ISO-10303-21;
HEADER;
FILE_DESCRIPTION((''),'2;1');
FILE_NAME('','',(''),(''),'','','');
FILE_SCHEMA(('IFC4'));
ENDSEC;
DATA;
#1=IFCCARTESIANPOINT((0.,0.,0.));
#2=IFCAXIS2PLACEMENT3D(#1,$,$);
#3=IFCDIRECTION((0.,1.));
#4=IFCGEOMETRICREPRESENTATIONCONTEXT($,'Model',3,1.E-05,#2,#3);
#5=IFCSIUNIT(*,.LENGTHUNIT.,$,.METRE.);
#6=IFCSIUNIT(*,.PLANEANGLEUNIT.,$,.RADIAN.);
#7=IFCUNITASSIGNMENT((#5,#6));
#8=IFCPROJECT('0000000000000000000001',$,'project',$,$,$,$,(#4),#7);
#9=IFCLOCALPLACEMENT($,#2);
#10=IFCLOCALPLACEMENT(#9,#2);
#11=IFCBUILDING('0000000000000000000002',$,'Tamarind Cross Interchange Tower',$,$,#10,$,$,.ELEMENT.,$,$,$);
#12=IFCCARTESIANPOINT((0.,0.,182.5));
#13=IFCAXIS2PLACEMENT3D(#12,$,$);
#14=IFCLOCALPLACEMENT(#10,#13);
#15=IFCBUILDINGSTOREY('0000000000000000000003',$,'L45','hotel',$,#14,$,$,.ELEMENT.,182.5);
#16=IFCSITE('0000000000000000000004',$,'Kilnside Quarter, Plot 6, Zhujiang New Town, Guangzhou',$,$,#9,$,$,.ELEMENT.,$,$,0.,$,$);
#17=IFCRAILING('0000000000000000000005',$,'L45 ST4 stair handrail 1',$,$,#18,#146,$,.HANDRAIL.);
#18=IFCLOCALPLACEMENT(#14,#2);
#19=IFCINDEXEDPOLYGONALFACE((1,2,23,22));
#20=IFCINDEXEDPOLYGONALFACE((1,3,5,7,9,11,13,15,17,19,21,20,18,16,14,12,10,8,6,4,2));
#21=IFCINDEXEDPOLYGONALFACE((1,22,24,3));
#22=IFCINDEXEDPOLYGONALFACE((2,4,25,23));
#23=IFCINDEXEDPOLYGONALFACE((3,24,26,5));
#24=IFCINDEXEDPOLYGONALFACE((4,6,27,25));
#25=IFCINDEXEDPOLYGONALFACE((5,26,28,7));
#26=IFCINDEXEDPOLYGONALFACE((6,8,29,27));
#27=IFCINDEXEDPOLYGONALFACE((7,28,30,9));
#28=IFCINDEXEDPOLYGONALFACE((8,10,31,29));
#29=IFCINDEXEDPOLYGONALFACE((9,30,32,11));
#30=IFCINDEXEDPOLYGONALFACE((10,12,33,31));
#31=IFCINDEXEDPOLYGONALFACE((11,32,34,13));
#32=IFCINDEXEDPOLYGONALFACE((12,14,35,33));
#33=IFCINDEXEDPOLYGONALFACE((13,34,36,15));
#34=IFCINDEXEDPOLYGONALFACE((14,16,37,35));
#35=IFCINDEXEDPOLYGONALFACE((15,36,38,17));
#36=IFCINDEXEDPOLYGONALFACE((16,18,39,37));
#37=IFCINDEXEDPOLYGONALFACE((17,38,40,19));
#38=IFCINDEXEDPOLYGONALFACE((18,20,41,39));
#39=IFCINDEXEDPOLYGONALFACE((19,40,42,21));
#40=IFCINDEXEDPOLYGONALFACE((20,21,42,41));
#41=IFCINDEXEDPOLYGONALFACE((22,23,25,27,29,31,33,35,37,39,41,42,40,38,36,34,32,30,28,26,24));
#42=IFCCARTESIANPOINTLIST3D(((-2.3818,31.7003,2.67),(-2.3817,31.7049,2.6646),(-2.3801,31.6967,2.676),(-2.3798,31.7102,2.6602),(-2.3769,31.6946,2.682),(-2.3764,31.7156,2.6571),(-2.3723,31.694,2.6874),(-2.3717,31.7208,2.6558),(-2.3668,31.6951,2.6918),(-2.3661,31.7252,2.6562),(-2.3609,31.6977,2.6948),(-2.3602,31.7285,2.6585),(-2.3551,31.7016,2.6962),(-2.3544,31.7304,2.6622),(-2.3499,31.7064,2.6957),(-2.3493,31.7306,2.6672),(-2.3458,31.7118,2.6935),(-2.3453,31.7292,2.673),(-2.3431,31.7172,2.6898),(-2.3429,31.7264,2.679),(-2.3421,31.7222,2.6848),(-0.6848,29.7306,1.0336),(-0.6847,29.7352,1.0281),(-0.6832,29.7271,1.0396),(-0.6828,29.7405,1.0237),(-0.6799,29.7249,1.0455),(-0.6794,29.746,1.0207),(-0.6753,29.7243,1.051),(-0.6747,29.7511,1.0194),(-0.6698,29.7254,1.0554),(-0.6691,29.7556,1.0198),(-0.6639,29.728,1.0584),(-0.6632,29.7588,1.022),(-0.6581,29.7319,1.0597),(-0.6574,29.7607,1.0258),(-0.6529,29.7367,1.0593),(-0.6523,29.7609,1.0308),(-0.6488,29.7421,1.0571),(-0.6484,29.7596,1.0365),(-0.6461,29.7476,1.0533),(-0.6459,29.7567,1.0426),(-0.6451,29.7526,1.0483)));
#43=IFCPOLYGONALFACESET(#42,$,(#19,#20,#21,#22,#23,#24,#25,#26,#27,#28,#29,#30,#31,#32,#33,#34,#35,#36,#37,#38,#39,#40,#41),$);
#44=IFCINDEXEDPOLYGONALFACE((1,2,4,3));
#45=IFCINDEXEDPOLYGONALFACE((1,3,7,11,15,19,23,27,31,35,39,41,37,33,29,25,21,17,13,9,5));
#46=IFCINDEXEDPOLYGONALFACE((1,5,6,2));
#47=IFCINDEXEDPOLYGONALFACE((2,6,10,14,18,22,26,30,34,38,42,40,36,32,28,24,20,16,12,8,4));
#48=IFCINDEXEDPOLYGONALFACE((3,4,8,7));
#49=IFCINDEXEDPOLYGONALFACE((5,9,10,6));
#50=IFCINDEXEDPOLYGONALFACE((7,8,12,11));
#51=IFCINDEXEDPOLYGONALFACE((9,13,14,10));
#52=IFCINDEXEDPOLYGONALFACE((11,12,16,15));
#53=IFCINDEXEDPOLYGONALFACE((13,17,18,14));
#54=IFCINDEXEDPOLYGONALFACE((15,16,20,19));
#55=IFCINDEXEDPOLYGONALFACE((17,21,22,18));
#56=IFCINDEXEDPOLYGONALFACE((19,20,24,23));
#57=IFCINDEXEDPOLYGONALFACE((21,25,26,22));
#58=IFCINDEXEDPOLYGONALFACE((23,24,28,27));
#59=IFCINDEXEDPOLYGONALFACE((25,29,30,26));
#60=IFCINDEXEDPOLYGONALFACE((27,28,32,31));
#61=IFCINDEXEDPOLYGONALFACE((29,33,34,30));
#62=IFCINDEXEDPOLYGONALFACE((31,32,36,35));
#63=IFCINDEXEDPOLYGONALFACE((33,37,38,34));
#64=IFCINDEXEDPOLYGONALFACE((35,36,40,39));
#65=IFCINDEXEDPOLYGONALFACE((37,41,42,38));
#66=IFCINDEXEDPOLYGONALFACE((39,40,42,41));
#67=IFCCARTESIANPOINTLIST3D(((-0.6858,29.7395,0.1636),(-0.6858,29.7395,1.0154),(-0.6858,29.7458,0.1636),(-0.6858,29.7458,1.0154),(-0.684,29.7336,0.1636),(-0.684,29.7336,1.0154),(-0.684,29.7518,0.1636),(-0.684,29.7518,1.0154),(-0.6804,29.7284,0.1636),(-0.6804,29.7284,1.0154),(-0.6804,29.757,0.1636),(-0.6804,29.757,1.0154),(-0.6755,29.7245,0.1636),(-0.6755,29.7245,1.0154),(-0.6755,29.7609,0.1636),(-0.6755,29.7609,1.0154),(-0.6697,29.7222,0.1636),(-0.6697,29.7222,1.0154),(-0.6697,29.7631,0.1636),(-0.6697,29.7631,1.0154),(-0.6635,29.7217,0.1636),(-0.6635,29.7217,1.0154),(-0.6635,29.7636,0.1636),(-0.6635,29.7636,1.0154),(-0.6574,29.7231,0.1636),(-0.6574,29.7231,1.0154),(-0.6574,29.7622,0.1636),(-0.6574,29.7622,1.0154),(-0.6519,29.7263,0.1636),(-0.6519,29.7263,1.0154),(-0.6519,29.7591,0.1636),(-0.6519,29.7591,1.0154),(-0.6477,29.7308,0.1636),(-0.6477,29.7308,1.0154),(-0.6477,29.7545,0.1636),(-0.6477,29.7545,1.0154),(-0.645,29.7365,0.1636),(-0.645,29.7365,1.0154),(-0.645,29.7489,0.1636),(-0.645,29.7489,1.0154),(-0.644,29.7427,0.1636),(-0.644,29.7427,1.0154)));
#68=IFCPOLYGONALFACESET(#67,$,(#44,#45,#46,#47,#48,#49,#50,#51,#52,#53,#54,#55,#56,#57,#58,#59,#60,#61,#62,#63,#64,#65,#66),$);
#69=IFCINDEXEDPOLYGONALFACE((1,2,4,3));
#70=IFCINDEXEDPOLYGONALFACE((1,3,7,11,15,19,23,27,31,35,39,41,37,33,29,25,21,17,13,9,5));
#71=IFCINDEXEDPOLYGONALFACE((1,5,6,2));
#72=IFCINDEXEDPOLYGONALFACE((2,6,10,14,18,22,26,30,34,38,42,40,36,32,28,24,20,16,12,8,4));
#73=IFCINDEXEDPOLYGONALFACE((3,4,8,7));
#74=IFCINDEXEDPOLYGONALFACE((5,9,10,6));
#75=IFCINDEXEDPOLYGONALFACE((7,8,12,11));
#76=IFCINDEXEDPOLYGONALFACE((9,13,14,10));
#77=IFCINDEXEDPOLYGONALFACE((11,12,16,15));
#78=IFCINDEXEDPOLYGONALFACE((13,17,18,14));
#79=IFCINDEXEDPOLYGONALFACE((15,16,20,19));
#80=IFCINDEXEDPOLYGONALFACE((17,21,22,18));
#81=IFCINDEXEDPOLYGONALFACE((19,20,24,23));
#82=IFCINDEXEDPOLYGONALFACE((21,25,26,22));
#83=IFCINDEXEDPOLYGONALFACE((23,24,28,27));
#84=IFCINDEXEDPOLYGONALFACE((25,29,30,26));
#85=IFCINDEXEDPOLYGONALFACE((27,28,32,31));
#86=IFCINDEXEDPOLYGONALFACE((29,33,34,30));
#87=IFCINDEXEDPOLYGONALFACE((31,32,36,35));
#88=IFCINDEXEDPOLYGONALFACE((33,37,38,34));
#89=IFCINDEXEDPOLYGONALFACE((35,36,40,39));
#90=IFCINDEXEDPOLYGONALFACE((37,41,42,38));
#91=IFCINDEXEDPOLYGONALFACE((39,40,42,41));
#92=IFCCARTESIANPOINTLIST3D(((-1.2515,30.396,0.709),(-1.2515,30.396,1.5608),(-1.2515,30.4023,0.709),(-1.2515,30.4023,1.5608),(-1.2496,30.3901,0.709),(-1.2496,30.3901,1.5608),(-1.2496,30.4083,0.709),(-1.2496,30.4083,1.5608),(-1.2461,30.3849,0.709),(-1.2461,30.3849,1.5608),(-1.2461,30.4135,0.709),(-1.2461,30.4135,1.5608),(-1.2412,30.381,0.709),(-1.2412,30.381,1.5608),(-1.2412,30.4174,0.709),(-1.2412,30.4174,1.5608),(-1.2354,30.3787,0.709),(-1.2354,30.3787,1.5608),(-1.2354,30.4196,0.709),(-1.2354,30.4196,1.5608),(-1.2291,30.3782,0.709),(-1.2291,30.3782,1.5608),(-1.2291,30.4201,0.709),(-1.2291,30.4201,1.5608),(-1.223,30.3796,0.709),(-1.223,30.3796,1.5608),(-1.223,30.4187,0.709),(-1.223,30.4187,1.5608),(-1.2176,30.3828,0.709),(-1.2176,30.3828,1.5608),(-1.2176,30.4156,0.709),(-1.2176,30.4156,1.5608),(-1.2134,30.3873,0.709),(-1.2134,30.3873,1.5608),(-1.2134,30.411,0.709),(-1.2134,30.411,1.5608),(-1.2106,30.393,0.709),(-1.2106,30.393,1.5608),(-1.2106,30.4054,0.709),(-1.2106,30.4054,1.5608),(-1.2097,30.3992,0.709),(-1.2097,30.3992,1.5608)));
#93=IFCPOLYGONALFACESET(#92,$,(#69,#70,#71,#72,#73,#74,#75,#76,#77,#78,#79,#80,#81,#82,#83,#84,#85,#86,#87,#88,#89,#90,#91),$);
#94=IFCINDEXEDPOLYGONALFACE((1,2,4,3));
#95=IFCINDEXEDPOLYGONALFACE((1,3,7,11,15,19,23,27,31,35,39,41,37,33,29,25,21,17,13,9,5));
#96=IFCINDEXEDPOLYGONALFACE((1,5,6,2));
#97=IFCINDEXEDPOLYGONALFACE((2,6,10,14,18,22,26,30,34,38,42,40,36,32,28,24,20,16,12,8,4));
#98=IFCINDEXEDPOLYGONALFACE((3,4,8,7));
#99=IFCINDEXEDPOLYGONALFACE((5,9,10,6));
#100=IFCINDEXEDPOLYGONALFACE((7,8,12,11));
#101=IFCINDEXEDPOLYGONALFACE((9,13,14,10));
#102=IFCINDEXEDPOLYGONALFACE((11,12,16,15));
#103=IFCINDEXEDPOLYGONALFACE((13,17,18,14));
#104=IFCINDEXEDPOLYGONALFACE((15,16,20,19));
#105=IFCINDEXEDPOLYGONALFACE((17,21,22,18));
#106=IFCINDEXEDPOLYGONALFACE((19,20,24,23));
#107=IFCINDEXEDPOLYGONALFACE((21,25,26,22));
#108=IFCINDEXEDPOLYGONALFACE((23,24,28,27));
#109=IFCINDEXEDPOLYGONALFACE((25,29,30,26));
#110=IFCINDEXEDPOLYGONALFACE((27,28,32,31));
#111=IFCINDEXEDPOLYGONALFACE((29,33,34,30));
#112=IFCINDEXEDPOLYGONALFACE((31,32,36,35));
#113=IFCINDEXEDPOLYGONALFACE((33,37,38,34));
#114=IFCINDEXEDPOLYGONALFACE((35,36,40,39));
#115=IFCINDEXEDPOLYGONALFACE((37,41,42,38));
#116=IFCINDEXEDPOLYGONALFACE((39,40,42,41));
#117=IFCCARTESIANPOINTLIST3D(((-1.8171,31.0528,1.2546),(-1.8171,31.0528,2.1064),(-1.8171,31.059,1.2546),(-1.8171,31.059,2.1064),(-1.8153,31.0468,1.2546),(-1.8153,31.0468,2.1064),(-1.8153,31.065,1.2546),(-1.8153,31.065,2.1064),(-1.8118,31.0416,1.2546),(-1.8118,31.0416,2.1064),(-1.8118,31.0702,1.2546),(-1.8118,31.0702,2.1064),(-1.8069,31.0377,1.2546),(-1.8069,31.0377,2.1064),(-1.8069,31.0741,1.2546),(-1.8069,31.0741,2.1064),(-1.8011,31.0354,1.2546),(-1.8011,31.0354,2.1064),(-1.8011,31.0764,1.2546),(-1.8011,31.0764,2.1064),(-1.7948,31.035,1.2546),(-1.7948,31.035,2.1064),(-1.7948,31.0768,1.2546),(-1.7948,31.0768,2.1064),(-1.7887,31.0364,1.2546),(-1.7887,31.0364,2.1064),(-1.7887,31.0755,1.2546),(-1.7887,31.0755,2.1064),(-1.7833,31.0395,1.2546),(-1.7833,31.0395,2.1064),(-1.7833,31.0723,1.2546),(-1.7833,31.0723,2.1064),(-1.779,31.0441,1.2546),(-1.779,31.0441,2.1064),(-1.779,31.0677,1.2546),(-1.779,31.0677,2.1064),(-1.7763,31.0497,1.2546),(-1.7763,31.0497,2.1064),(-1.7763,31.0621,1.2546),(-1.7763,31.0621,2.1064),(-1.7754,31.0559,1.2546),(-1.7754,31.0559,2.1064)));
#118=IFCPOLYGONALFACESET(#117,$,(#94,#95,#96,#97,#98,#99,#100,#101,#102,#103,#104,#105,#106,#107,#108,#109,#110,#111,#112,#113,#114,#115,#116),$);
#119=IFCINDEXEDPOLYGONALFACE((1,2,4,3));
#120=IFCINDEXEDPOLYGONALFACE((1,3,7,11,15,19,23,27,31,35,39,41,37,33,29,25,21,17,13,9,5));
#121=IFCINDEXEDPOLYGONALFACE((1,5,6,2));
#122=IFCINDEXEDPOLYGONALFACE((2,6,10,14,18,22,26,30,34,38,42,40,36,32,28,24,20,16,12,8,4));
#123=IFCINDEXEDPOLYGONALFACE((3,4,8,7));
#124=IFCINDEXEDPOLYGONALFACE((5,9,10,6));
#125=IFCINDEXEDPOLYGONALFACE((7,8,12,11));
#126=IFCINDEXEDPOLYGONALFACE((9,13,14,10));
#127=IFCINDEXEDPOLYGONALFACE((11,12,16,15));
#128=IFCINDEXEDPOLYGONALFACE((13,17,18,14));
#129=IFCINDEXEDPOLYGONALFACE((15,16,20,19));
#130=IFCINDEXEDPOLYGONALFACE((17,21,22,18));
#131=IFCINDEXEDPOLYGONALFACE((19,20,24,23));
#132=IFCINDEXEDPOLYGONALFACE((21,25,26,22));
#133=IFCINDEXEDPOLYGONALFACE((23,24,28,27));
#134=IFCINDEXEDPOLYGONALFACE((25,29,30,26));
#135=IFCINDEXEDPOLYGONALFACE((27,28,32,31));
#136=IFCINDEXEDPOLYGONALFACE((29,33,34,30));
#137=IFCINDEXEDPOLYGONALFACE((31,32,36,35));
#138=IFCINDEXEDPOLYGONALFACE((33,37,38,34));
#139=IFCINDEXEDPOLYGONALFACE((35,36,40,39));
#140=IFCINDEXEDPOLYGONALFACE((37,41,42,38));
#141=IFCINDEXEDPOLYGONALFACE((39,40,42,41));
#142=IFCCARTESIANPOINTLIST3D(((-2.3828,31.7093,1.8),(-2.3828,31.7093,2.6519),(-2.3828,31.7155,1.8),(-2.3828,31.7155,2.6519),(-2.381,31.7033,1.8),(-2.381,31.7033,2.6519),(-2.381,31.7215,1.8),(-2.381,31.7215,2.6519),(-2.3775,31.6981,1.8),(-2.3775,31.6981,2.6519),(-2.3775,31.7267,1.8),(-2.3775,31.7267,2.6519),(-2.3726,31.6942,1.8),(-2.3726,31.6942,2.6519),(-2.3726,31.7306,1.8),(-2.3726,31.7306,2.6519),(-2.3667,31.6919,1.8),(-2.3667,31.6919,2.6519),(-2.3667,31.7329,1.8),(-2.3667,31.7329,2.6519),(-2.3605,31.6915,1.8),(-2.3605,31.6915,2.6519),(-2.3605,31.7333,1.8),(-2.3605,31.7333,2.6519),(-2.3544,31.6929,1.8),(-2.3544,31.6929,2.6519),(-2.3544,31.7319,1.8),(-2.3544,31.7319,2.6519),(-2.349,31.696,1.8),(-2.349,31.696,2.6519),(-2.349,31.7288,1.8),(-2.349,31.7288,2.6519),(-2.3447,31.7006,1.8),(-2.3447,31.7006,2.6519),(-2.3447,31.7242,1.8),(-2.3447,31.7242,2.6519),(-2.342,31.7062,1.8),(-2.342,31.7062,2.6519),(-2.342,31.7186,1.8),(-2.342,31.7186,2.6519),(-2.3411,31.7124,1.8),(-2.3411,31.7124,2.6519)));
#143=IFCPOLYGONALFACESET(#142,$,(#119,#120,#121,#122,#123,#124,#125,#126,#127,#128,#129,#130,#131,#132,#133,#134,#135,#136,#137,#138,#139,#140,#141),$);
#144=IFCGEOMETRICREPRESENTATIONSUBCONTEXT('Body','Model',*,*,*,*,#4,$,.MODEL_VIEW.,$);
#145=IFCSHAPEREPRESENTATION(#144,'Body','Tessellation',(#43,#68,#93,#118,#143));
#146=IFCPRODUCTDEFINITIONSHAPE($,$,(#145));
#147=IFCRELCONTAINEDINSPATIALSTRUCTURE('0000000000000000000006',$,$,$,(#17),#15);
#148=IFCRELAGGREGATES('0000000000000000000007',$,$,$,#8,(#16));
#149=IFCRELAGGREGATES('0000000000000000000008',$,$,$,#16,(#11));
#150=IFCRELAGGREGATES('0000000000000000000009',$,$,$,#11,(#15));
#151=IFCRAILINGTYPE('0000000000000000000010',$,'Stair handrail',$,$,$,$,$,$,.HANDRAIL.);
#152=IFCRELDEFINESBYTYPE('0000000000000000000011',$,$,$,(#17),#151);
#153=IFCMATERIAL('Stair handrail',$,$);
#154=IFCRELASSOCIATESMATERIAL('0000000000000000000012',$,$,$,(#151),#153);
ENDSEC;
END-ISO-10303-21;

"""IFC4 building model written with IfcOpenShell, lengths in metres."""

from ifc_helpers import new_model, si_unit, direction, frame, origin, origin_2d, place, context, subcontext, project, spatial, circle, extrude, material, type_object, element, save


model = new_model("IFC4")

# Units and contexts
model_context = context("Model", 3, precision=1e-05, world=origin(), true_north=direction((0.0, 1.0)))
body_context = subcontext(model_context, "Body", "Model", "MODEL_VIEW")
ifc_project = project(units=[si_unit("LENGTHUNIT", "METRE"), si_unit("PLANEANGLEUNIT", "RADIAN")], contexts=[model_context])

# Site, building, storey
site_placement = place(None, origin())
site = spatial("IfcSite", under=ifc_project, at=site_placement, Name="Kilnside Quarter, Plot 6, Zhujiang New Town, Guangzhou", CompositionType="ELEMENT", RefElevation=0.0)
building_placement = place(site_placement, origin())
building = spatial("IfcBuilding", under=site, at=building_placement, Name="Tamarind Cross Interchange Tower", CompositionType="ELEMENT")
storey_placement = place(building_placement, frame((0.0, 0.0, 182.5)))
storey = spatial("IfcBuildingStorey", under=building, at=storey_placement, Name="L45", Description="hotel", CompositionType="ELEMENT", Elevation=182.5)

# Railing
ifc_material_1 = material(Name="Stair handrail")
railing_type_1 = type_object("IfcRailingType", Name="Stair handrail", PredefinedType="HANDRAIL", material=ifc_material_1)
railing_1_placement = place(storey_placement, frame((-0.665, 29.7427, 0.1636)))
element("IfcRailing", 1, at=railing_1_placement, inside=storey, type_object=railing_type_1, Name="L45 ST4 stair handrail 1", PredefinedType="HANDRAIL", context=body_context, shape_type="SweptSolid", body=[
    extrude(circle(Radius=0.0239, at=origin_2d()), frame((0.0, 0.0, 0.876), z_axis=(-0.552399, 0.641168, 0.53269), x_axis=(-0.757604, -0.652715, 0.0)), (0.0, 0.0, 1.0), 3.072),
    extrude(circle(Radius=0.021, at=origin_2d()), origin(), (0.0, 0.0, 1.0), 0.8518),
    extrude(circle(Radius=0.021, at=origin_2d()), frame((-0.5657, 0.6565, 0.5454)), (0.0, 0.0, 1.0), 0.8518),
    extrude(circle(Radius=0.021, at=origin_2d()), frame((-1.1313, 1.3132, 1.0911)), (0.0, 0.0, 1.0), 0.8518),
    extrude(circle(Radius=0.021, at=origin_2d()), frame((-1.697, 1.9697, 1.6365)), (0.0, 0.0, 1.0), 0.8518),
])

save(model, "model.ifc")
